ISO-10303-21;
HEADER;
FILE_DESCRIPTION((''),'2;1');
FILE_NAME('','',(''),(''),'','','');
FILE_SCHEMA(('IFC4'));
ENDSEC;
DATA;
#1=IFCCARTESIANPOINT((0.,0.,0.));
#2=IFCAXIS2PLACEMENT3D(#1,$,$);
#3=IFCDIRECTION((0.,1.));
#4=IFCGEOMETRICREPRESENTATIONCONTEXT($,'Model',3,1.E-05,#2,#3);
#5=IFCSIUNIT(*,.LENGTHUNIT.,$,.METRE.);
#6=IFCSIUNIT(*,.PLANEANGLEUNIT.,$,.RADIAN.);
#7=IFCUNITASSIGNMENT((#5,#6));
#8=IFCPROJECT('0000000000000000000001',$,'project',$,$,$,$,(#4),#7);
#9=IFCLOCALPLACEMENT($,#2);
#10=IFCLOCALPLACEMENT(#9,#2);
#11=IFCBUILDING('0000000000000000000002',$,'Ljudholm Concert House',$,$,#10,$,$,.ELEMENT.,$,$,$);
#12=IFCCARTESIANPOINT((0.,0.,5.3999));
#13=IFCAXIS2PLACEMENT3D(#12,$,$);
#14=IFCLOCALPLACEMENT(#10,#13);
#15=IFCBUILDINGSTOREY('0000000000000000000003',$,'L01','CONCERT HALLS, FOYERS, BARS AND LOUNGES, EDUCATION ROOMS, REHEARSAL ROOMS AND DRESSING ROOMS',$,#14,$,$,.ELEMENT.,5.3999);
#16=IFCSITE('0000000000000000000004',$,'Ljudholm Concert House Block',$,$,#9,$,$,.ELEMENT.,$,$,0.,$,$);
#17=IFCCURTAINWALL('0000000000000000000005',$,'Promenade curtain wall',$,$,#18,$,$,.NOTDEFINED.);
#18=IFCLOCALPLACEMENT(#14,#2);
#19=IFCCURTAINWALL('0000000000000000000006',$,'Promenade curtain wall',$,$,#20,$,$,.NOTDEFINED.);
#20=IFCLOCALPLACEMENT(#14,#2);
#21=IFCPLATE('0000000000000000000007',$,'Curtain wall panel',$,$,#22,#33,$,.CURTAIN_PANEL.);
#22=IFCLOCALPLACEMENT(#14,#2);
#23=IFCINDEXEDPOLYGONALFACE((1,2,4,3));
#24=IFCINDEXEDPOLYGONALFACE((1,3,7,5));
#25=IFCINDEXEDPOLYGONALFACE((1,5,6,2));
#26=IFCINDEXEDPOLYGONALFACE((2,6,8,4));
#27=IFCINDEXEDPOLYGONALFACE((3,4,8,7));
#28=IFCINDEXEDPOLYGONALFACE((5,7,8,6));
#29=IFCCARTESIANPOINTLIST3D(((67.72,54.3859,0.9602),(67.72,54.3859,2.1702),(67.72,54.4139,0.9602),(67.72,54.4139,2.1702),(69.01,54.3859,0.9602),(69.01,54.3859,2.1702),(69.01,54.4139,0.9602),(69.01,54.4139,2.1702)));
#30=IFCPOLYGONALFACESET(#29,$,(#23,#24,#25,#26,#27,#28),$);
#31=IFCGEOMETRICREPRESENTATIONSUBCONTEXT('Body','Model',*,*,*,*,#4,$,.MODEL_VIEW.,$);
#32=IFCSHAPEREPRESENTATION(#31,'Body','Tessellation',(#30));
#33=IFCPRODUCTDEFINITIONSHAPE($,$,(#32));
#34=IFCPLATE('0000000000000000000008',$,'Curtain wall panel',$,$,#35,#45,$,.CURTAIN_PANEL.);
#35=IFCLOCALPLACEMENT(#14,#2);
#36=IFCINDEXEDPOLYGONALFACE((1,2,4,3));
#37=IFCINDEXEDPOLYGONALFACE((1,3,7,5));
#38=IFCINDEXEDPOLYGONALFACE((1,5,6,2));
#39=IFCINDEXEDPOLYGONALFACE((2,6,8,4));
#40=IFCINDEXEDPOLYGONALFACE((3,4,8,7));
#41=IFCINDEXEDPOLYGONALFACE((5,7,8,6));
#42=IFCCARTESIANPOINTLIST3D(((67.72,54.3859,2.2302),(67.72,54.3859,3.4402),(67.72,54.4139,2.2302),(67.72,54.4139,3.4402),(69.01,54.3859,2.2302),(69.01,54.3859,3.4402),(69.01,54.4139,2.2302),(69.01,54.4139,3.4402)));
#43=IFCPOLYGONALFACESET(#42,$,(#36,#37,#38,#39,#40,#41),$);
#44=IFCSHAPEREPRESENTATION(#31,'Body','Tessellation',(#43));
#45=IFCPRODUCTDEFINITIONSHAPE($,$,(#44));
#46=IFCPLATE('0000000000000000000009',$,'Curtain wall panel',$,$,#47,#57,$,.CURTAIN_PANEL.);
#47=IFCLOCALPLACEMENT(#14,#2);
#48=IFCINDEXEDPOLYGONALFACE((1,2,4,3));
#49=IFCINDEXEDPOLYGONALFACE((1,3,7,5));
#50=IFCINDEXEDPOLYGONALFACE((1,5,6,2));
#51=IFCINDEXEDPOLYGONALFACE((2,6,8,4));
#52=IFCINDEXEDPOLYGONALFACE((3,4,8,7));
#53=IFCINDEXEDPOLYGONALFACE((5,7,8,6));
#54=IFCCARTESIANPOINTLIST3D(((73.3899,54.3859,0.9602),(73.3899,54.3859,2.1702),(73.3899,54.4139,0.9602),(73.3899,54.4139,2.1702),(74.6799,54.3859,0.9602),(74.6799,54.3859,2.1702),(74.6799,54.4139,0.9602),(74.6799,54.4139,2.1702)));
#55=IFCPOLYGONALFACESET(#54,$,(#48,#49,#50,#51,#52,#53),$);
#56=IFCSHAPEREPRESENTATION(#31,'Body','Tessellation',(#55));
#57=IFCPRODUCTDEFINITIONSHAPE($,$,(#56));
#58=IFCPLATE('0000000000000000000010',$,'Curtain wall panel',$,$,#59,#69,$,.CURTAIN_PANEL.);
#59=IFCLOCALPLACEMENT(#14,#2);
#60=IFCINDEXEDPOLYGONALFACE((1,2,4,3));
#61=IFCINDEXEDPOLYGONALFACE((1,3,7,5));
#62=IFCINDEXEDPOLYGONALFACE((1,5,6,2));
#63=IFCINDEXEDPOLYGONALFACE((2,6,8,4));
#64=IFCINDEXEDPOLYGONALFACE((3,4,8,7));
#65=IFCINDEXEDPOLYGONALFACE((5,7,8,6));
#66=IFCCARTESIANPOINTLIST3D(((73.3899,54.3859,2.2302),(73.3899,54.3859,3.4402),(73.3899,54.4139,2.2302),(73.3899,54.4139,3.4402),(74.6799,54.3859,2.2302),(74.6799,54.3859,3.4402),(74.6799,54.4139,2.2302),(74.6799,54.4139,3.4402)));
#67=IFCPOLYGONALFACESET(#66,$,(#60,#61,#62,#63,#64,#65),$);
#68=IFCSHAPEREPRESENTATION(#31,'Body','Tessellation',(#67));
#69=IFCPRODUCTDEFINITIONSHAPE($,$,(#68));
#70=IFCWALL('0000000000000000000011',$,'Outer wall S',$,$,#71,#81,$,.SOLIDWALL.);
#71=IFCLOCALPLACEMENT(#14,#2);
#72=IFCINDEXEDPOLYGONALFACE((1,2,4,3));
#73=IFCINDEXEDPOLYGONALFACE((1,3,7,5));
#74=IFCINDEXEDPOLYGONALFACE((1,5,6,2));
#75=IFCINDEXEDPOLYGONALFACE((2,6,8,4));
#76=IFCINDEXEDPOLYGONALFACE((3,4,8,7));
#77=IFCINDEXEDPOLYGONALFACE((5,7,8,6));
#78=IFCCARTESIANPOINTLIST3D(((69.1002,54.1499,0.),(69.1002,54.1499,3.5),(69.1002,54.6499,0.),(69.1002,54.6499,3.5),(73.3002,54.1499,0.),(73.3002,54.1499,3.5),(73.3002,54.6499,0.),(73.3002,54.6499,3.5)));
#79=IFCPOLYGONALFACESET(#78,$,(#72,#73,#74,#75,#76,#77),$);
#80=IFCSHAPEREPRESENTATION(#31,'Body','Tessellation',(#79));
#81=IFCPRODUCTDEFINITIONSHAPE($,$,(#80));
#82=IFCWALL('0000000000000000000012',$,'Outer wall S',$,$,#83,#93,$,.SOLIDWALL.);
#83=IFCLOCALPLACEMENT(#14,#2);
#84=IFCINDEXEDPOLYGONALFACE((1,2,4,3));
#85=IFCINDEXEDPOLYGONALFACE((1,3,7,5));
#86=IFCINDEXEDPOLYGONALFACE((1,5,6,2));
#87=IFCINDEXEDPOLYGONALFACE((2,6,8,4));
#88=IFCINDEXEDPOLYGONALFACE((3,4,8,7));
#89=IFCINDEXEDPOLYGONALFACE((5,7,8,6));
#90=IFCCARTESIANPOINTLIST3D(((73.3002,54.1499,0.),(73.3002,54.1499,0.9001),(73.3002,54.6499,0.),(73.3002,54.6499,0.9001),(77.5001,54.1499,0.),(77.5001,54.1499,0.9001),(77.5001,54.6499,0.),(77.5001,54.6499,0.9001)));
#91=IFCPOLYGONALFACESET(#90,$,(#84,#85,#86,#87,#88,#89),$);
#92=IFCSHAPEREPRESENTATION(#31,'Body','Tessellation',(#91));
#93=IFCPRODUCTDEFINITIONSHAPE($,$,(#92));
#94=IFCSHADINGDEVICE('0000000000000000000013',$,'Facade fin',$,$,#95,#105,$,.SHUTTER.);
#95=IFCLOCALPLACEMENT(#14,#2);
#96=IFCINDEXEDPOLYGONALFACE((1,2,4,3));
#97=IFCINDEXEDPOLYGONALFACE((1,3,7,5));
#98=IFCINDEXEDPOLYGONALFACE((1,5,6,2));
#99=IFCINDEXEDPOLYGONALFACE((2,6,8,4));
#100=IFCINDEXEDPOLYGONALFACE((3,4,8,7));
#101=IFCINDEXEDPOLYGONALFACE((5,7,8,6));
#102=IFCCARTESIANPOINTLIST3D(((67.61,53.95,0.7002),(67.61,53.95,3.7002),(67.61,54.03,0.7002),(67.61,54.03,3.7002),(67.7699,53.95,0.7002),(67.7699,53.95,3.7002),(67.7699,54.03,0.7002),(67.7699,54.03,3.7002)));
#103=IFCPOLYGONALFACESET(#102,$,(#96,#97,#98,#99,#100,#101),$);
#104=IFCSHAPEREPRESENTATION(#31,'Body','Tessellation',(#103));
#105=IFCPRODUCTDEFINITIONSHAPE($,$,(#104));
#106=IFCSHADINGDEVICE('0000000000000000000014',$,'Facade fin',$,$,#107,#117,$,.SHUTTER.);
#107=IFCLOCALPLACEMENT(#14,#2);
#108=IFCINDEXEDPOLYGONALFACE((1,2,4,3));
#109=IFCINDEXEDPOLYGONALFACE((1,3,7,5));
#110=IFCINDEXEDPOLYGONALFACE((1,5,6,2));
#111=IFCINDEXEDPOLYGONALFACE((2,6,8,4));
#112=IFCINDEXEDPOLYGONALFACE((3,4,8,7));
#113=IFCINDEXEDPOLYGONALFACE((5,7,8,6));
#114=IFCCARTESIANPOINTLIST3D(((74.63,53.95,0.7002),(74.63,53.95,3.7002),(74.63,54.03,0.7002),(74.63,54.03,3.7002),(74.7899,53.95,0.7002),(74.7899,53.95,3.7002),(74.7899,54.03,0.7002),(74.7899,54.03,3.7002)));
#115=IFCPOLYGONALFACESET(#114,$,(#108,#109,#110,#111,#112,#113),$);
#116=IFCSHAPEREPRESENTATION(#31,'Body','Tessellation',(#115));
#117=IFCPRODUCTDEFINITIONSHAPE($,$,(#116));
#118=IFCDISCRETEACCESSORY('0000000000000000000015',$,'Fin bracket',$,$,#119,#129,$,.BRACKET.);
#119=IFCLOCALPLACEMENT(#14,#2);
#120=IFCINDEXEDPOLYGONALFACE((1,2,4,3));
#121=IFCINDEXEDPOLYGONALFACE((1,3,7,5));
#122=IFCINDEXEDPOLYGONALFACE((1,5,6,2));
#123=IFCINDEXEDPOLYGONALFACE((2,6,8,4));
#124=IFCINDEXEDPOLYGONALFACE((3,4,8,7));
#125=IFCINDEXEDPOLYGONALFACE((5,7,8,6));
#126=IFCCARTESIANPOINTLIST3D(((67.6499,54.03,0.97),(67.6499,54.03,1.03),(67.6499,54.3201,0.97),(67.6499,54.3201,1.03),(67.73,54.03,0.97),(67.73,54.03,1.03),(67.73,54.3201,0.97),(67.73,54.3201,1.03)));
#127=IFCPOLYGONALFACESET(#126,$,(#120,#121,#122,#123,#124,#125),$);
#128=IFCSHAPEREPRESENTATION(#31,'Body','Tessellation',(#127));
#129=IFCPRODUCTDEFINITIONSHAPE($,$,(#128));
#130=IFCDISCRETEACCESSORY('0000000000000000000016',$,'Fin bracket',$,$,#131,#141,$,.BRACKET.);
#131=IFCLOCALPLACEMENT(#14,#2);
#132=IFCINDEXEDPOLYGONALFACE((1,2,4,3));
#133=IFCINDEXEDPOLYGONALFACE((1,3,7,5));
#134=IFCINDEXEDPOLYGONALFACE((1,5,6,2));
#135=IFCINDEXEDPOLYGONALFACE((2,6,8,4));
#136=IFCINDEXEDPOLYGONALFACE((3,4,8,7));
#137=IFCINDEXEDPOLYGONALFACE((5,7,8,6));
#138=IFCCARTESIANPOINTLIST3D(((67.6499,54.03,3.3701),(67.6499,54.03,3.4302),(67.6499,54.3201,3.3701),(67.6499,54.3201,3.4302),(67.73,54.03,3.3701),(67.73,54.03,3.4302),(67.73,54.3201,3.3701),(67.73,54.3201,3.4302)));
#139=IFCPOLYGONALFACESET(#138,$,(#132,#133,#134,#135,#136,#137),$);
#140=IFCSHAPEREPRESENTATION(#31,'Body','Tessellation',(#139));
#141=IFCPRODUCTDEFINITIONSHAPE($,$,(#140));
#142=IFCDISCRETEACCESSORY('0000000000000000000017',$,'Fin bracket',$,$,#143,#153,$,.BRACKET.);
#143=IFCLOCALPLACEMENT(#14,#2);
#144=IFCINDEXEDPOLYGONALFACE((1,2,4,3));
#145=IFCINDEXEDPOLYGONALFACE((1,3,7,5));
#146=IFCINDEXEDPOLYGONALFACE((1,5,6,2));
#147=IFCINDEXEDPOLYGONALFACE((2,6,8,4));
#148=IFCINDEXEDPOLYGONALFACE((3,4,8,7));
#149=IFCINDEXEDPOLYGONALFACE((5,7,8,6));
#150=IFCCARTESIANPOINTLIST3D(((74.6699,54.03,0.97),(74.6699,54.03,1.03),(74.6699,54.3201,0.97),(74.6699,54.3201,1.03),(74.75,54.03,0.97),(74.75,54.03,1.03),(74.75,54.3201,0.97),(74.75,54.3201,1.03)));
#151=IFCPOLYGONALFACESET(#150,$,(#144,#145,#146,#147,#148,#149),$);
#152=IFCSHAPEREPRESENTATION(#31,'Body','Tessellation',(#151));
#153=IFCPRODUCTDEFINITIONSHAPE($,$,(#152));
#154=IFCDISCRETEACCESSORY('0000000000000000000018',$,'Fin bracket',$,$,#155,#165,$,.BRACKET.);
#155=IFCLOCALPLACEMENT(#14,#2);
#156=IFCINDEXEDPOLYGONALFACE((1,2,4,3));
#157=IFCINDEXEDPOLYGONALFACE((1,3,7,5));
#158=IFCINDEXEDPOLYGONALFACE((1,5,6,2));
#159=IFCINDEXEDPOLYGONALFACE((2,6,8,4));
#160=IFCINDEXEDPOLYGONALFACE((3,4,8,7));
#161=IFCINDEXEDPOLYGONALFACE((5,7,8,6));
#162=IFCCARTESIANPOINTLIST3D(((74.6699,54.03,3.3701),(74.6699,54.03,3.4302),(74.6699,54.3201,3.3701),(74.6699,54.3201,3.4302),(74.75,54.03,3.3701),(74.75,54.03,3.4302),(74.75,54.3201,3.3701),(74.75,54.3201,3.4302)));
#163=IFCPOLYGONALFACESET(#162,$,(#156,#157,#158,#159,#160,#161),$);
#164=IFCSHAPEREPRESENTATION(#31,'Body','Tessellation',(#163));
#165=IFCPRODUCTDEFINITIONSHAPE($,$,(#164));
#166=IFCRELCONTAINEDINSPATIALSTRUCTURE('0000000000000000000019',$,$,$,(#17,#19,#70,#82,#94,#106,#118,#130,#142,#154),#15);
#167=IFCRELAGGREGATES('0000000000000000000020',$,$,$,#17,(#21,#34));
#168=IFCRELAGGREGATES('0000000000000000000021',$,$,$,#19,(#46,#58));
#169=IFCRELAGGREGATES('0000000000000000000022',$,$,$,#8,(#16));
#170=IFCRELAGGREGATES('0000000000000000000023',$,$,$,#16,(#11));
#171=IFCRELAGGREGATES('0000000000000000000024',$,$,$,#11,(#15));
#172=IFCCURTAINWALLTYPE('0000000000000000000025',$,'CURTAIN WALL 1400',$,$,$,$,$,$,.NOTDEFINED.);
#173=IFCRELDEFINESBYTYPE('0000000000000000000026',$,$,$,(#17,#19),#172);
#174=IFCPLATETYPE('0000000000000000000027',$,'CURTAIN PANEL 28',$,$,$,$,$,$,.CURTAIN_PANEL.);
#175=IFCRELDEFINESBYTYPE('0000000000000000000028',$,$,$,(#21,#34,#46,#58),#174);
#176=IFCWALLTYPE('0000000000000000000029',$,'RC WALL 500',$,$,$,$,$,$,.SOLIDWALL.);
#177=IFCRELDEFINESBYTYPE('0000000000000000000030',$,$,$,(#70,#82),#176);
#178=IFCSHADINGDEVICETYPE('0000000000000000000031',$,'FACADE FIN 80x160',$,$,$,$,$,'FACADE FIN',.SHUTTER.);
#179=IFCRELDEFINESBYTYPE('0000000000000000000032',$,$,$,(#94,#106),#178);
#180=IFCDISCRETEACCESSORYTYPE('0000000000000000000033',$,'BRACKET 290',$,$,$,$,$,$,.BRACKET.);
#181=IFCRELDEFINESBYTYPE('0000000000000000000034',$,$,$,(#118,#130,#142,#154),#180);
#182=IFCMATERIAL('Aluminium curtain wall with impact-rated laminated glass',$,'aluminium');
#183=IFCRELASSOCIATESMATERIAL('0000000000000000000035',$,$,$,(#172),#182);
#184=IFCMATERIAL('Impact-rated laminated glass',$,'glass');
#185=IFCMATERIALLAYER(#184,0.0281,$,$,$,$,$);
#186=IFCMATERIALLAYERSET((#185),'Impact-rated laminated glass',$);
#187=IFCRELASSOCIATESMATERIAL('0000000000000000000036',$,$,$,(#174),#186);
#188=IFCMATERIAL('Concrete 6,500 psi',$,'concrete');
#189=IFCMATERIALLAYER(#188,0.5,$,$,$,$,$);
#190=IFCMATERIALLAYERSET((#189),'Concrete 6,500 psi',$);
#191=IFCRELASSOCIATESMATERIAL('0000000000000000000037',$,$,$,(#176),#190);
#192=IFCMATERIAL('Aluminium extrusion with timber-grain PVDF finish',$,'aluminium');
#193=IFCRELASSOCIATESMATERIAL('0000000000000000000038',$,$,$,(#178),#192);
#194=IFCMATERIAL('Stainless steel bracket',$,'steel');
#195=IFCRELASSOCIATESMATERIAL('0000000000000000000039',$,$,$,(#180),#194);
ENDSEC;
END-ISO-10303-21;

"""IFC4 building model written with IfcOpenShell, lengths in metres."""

from ifc_helpers import new_model, si_unit, direction, frame, frame_2d, origin, origin_2d, place, context, subcontext, project, spatial, rectangle, extrude, material, layer, layer_set, type_object, element, aggregate, save


model = new_model("IFC4")

# Units and contexts
model_context = context("Model", 3, precision=1e-05, world=origin(), true_north=direction((0.0, 1.0)))
body_context = subcontext(model_context, "Body", "Model", "MODEL_VIEW")
ifc_project = project(units=[si_unit("LENGTHUNIT", "METRE"), si_unit("PLANEANGLEUNIT", "RADIAN")], contexts=[model_context])

# Site, building, storey
site_placement = place(None, origin())
site = spatial("IfcSite", under=ifc_project, at=site_placement, Name="Ljudholm Concert House Block", CompositionType="ELEMENT", RefElevation=0.0)
building_placement = place(site_placement, origin())
building = spatial("IfcBuilding", under=site, at=building_placement, Name="Ljudholm Concert House", CompositionType="ELEMENT")
storey_placement = place(building_placement, frame((0.0, 0.0, 5.3999)))
storey = spatial("IfcBuildingStorey", under=building, at=storey_placement, Name="L01", Description="CONCERT HALLS, FOYERS, BARS AND LOUNGES, EDUCATION ROOMS, REHEARSAL ROOMS AND DRESSING ROOMS", CompositionType="ELEMENT", Elevation=5.3999)

# Curtain wall
ifc_material_1 = material(Name="Aluminium curtain wall with impact-rated laminated glass", Category="aluminium")
curtain_wall_type = type_object("IfcCurtainWallType", Name="CURTAIN WALL 1400", PredefinedType="NOTDEFINED", material=ifc_material_1)
curtain_wall_1_placement = place(storey_placement, origin())
curtain_wall_1 = element("IfcCurtainWall", 1, at=curtain_wall_1_placement, inside=storey, type_object=curtain_wall_type, Name="Promenade curtain wall", PredefinedType="NOTDEFINED")

# Curtain wall
curtain_wall_2_placement = place(storey_placement, origin())
curtain_wall_2 = element("IfcCurtainWall", 2, at=curtain_wall_2_placement, inside=storey, type_object=curtain_wall_type, Name="Promenade curtain wall", PredefinedType="NOTDEFINED")

# Plates
ifc_material_2 = material(Name="Impact-rated laminated glass", Category="glass")
ifc_layer_1 = layer(ifc_material_2, 0.0281)
ifc_layer_set_1 = layer_set([ifc_layer_1], Name="Impact-rated laminated glass")
plate_type = type_object("IfcPlateType", Name="CURTAIN PANEL 28", PredefinedType="CURTAIN_PANEL", material=ifc_layer_set_1)
plate_1_placement = place(storey_placement, frame((68.365, 54.3999, 0.9602), z_axis=(0.0, 0.0, 1.0), x_axis=(1.0, 0.0, 0.0)))
plate_1 = element("IfcPlate", 3, at=plate_1_placement, type_object=plate_type, Name="Curtain wall panel", PredefinedType="CURTAIN_PANEL", context=body_context, shape_type="SweptSolid", body=[
    extrude(rectangle(XDim=1.29, YDim=0.0281, at=origin_2d()), origin(), (0.0, 0.0, 1.0), 1.21),
])
plate_2_placement = place(storey_placement, frame((68.365, 54.3999, 2.2302), z_axis=(0.0, 0.0, 1.0), x_axis=(1.0, 0.0, 0.0)))
plate_2 = element("IfcPlate", 4, at=plate_2_placement, type_object=plate_type, Name="Curtain wall panel", PredefinedType="CURTAIN_PANEL", context=body_context, shape_type="SweptSolid", body=[
    extrude(rectangle(XDim=1.29, YDim=0.0281, at=origin_2d()), origin(), (0.0, 0.0, 1.0), 1.21),
])
aggregate(curtain_wall_1, [plate_1, plate_2])
plate_3_placement = place(storey_placement, frame((74.0349, 54.3999, 0.9602), z_axis=(0.0, 0.0, 1.0), x_axis=(1.0, 0.0, 0.0)))
plate_3 = element("IfcPlate", 5, at=plate_3_placement, type_object=plate_type, Name="Curtain wall panel", PredefinedType="CURTAIN_PANEL", context=body_context, shape_type="SweptSolid", body=[
    extrude(rectangle(XDim=1.29, YDim=0.0281, at=origin_2d()), origin(), (0.0, 0.0, 1.0), 1.21),
])
plate_4_placement = place(storey_placement, frame((74.0349, 54.3999, 2.2302), z_axis=(0.0, 0.0, 1.0), x_axis=(1.0, 0.0, 0.0)))
plate_4 = element("IfcPlate", 6, at=plate_4_placement, type_object=plate_type, Name="Curtain wall panel", PredefinedType="CURTAIN_PANEL", context=body_context, shape_type="SweptSolid", body=[
    extrude(rectangle(XDim=1.29, YDim=0.0281, at=origin_2d()), origin(), (0.0, 0.0, 1.0), 1.21),
])
aggregate(curtain_wall_2, [plate_3, plate_4])

# Walls
ifc_material_3 = material(Name="Concrete 6,500 psi", Category="concrete")
ifc_layer_2 = layer(ifc_material_3, 0.5)
ifc_layer_set_2 = layer_set([ifc_layer_2], Name="Concrete 6,500 psi")
wall_type = type_object("IfcWallType", Name="RC WALL 500", PredefinedType="SOLIDWALL", material=ifc_layer_set_2)
wall_1_placement = place(storey_placement, frame((69.1001, 54.3999, 0.0), z_axis=(0.0, 0.0, 1.0), x_axis=(1.0, 0.0, 0.0)))
element("IfcWall", 7, at=wall_1_placement, inside=storey, type_object=wall_type, Name="Outer wall S", PredefinedType="SOLIDWALL", context=body_context, shape_type="SweptSolid", body=[
    extrude(rectangle(XDim=4.2, YDim=0.5, at=frame_2d((2.1001, 0.0))), origin(), (0.0, 0.0, 1.0), 3.5),
])
wall_2_placement = place(storey_placement, frame((73.3, 54.3999, 0.0), z_axis=(0.0, 0.0, 1.0), x_axis=(1.0, 0.0, 0.0)))
element("IfcWall", 8, at=wall_2_placement, inside=storey, type_object=wall_type, Name="Outer wall S", PredefinedType="SOLIDWALL", context=body_context, shape_type="SweptSolid", body=[
    extrude(rectangle(XDim=4.2, YDim=0.5, at=frame_2d((2.1001, 0.0))), origin(), (0.0, 0.0, 1.0), 0.9001),
])

# Shading devices
ifc_material_4 = material(Name="Aluminium extrusion with timber-grain PVDF finish", Category="aluminium")
shading_device_type = type_object("IfcShadingDeviceType", Name="FACADE FIN 80x160", ElementType="FACADE FIN", PredefinedType="SHUTTER", material=ifc_material_4)
for number, where, z_axis, x_axis, name in (
    (9, (67.6899, 53.99, 0.7002), (0.0, 0.0, 1.0), (0.0, -1.0, 0.0), "Facade fin"),
    (10, (74.71, 53.99, 0.7002), (0.0, 0.0, 1.0), (0.0, -1.0, 0.0), "Facade fin"),
):
    element("IfcShadingDevice", number, at=place(storey_placement, frame(where, z_axis=z_axis, x_axis=x_axis)), inside=storey, type_object=shading_device_type, Name=name, PredefinedType="SHUTTER", context=body_context, shape_type="SweptSolid", body=[
        extrude(rectangle(XDim=0.0801, YDim=0.1599, at=origin_2d()), origin(), (0.0, 0.0, 1.0), 3.0),
    ])

# Discrete accessories
ifc_material_5 = material(Name="Stainless steel bracket", Category="steel")
discrete_accessory_type = type_object("IfcDiscreteAccessoryType", Name="BRACKET 290", PredefinedType="BRACKET", material=ifc_material_5)
for number, where, z_axis, x_axis, name in (
    (11, (67.6899, 54.175, 0.97), (0.0, 0.0, 1.0), (0.0, -1.0, 0.0), "Fin bracket"),
    (12, (67.6899, 54.175, 3.3701), (0.0, 0.0, 1.0), (0.0, -1.0, 0.0), "Fin bracket"),
    (13, (74.71, 54.175, 0.97), (0.0, 0.0, 1.0), (0.0, -1.0, 0.0), "Fin bracket"),
    (14, (74.71, 54.175, 3.3701), (0.0, 0.0, 1.0), (0.0, -1.0, 0.0), "Fin bracket"),
):
    element("IfcDiscreteAccessory", number, at=place(storey_placement, frame(where, z_axis=z_axis, x_axis=x_axis)), inside=storey, type_object=discrete_accessory_type, Name=name, PredefinedType="BRACKET", context=body_context, shape_type="SweptSolid", body=[
        extrude(rectangle(XDim=0.29, YDim=0.0801, at=origin_2d()), origin(), (0.0, 0.0, 1.0), 0.0601),
    ])

save(model, "model.ifc")
